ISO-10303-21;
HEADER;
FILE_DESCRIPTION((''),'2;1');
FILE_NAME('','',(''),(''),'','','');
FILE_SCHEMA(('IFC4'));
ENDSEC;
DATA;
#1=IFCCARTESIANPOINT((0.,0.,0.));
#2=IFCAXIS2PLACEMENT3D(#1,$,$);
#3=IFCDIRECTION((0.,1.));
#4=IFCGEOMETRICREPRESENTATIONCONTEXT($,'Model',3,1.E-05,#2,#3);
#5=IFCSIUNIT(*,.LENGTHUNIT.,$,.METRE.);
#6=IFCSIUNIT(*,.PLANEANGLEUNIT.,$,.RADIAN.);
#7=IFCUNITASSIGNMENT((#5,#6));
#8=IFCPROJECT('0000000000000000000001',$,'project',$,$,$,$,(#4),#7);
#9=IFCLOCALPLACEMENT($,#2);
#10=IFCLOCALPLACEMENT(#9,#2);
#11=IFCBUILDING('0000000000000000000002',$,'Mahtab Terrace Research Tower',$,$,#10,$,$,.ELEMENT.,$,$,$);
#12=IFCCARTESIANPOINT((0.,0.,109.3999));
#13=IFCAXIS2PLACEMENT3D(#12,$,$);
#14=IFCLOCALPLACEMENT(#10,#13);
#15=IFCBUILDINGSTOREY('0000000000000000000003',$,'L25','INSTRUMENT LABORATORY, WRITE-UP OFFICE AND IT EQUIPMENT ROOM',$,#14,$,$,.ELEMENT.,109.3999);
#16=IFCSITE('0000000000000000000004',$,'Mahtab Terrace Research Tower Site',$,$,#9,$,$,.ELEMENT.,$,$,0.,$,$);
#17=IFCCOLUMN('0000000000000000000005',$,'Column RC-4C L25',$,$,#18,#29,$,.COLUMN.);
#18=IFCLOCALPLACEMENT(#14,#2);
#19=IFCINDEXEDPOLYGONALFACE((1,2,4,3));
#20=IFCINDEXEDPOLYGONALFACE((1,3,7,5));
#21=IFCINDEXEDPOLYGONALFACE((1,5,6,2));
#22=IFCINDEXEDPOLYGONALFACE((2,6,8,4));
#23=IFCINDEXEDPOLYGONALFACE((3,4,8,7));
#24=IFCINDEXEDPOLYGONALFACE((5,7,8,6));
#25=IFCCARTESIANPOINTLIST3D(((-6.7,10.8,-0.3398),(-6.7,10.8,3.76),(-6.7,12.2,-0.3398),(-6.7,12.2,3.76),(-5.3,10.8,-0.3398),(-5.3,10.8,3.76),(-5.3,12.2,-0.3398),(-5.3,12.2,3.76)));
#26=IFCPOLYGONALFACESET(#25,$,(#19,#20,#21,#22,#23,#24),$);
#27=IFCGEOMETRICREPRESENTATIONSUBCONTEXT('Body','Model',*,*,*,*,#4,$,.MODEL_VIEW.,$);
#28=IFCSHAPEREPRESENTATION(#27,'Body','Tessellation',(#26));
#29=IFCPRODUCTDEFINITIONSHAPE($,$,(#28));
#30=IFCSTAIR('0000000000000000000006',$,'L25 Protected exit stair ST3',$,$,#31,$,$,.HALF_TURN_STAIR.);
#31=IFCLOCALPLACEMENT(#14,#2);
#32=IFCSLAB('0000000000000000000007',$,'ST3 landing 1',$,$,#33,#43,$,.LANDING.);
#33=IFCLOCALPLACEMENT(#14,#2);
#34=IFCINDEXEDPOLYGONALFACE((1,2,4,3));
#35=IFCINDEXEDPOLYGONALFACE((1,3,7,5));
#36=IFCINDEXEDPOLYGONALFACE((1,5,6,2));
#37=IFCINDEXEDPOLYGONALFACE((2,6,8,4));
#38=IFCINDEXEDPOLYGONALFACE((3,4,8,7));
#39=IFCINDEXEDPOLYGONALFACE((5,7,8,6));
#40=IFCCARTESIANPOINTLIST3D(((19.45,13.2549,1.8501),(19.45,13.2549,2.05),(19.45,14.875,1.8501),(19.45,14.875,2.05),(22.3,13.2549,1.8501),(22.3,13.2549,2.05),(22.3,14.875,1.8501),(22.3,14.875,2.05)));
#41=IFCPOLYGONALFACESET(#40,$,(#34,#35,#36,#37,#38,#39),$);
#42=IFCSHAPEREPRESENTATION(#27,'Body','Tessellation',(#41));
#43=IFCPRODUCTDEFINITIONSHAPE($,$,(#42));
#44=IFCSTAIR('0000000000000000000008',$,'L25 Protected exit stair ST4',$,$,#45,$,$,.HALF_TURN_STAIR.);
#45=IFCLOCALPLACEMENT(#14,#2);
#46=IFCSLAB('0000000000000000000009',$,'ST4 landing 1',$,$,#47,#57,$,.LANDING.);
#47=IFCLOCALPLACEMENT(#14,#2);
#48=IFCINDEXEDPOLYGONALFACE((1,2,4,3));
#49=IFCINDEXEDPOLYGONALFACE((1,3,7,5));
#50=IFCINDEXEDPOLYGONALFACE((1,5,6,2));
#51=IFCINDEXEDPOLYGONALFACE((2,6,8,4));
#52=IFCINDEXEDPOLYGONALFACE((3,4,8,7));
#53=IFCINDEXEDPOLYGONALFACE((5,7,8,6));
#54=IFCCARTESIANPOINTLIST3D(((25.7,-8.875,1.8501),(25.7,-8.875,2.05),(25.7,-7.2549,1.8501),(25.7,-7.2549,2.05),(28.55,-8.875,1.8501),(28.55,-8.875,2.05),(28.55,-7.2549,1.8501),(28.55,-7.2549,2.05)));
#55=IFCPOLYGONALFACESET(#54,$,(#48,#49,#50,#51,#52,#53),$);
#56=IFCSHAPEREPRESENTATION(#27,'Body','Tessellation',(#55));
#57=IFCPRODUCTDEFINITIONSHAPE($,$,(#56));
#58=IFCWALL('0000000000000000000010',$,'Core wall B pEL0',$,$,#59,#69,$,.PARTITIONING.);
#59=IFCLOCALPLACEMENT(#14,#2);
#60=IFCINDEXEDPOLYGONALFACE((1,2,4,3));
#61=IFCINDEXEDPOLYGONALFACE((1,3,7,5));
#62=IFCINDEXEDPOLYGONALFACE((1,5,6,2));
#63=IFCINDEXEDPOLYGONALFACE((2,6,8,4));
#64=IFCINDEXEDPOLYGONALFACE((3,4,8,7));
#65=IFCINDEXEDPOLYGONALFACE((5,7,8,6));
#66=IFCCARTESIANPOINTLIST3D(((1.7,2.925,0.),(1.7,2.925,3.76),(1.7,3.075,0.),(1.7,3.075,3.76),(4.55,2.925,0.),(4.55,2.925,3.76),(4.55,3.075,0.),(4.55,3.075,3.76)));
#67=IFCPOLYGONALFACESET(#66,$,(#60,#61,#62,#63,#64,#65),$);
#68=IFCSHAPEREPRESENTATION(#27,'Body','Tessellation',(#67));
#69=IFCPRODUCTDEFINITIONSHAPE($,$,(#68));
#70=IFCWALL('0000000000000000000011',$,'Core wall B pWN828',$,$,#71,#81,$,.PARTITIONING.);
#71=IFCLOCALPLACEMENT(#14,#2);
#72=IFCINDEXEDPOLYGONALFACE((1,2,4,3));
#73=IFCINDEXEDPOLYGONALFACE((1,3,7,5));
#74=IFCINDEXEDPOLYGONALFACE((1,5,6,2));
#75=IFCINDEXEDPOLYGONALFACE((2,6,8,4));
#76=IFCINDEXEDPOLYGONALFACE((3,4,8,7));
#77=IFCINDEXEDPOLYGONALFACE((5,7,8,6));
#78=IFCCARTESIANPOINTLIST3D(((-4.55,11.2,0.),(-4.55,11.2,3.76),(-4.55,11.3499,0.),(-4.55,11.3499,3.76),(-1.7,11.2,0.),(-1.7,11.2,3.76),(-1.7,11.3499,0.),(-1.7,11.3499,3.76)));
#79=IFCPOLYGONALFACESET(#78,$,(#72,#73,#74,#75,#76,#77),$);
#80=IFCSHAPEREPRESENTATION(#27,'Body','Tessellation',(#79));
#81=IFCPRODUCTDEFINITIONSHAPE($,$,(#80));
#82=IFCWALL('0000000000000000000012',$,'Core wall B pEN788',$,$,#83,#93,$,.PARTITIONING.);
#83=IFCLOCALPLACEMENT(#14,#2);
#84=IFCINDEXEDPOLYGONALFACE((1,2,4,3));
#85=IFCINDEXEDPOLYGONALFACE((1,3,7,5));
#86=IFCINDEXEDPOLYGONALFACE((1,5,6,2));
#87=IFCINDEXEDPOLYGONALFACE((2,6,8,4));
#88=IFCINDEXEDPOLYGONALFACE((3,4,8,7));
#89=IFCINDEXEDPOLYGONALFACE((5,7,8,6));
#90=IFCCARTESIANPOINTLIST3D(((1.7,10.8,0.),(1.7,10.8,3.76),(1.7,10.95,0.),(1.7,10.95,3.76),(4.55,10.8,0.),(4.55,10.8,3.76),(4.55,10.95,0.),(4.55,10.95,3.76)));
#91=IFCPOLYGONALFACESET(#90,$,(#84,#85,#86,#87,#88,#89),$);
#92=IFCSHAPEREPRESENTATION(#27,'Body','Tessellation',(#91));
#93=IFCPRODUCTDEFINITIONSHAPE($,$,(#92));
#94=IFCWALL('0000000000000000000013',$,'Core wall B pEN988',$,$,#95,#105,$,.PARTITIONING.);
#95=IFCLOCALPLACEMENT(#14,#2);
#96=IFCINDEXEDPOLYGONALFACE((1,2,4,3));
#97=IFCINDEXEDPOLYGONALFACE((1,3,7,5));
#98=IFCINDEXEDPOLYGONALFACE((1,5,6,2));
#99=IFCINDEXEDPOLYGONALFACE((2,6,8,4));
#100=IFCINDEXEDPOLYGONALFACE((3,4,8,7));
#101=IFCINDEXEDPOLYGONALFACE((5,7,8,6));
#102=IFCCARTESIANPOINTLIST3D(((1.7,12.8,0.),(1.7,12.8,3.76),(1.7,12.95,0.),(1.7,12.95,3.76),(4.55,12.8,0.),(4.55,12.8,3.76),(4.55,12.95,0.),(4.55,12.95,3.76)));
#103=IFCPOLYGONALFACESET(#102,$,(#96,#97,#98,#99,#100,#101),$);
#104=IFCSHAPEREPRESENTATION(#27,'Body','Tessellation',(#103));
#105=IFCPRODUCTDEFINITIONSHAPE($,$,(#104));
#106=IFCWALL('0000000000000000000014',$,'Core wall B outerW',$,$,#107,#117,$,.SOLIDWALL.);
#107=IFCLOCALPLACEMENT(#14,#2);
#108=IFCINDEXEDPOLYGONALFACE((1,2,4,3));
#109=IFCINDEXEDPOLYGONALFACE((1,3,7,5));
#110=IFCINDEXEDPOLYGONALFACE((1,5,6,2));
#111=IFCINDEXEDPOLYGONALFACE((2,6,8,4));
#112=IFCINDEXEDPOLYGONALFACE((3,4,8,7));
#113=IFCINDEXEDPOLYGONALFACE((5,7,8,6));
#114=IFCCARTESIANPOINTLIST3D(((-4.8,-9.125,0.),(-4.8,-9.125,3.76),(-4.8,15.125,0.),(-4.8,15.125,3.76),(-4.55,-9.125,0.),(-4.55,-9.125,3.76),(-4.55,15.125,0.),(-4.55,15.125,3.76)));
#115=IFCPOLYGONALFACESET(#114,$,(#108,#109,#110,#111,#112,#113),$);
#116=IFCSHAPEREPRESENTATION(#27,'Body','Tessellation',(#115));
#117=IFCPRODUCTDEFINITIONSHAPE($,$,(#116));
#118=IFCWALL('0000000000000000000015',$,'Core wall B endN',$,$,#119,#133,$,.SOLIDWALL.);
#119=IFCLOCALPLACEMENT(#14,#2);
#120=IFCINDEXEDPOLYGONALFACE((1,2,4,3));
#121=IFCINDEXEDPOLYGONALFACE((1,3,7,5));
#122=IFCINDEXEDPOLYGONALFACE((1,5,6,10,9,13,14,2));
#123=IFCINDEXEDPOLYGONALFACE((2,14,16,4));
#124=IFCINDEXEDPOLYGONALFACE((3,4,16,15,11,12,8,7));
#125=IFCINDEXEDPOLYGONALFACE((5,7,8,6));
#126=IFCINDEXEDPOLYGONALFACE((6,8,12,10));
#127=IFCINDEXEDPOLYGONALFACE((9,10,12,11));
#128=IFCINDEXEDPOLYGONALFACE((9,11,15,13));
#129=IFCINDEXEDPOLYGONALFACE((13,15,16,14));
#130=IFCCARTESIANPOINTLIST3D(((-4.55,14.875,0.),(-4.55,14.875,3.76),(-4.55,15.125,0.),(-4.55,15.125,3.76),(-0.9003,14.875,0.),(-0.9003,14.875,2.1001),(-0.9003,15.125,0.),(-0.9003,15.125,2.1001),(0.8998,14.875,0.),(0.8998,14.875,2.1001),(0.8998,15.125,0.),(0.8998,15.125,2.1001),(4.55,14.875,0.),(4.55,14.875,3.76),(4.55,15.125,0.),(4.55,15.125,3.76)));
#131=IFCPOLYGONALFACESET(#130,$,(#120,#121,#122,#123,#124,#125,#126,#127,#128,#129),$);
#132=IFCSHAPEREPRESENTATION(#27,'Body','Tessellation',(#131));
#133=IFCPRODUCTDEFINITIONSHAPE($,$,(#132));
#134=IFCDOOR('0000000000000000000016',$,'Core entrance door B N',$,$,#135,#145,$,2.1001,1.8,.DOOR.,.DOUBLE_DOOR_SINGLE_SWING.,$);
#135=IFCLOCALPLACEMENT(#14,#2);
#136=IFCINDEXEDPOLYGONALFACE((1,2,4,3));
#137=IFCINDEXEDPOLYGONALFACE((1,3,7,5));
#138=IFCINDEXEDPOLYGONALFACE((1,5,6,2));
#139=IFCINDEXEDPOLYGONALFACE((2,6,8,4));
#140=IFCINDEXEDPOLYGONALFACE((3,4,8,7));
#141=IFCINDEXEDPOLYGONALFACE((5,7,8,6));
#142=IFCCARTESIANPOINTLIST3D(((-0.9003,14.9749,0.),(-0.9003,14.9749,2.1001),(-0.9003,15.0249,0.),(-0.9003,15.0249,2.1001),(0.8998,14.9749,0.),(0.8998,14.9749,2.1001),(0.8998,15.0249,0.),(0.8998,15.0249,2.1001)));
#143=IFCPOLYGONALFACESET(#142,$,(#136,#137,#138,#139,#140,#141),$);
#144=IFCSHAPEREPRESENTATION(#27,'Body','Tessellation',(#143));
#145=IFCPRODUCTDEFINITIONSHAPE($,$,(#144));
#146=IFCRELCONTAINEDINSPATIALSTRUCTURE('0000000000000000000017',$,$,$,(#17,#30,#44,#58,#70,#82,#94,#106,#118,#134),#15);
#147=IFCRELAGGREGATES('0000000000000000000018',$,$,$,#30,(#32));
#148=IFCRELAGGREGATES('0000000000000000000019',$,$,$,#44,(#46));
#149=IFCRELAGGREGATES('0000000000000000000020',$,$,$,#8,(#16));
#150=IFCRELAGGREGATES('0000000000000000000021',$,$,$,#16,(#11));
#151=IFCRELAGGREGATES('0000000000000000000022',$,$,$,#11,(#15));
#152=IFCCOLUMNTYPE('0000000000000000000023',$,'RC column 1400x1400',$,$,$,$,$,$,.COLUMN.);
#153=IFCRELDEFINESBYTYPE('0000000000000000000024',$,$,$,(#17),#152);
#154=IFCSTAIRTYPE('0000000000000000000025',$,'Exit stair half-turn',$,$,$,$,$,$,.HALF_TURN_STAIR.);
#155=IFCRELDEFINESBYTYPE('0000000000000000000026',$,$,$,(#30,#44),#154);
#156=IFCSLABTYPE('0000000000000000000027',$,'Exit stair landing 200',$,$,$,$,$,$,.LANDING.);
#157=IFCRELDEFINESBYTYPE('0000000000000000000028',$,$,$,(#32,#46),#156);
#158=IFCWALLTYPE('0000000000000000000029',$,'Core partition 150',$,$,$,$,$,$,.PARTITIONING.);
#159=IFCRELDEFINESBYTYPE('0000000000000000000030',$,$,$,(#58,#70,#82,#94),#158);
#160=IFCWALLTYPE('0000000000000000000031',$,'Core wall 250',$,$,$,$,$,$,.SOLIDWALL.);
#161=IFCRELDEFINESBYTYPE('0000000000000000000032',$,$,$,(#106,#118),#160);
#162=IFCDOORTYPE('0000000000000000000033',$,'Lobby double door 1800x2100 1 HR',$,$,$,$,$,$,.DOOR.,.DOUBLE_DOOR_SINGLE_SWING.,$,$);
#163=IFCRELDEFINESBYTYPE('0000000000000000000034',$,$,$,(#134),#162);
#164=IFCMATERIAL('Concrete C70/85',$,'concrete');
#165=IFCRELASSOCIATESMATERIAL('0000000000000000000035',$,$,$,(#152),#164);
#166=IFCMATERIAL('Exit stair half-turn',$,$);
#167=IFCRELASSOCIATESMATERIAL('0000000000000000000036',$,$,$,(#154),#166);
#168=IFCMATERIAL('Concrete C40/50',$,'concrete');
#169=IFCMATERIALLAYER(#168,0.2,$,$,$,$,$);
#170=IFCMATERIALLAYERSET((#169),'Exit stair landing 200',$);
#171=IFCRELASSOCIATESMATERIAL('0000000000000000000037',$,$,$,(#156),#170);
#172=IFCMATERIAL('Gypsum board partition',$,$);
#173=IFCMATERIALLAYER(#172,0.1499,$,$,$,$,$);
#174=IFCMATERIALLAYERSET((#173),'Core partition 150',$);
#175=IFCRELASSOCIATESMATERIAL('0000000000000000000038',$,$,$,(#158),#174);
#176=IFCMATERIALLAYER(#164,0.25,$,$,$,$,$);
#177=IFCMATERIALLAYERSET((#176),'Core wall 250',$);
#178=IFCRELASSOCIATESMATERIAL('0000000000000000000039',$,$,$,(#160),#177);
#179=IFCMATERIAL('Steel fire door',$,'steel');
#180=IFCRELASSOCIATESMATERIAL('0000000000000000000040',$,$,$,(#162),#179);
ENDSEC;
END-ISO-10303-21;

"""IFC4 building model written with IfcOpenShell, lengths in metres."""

from ifc_helpers import new_model, si_unit, direction, frame, frame_2d, origin, origin_2d, place, context, subcontext, project, spatial, polyline, rectangle, outline, extrude, material, layer, layer_set, material_profile, profile_set, type_object, element, fill, aggregate, save


model = new_model("IFC4")

# Units and contexts
model_context = context("Model", 3, precision=1e-05, world=origin(), true_north=direction((0.0, 1.0)))
body_context = subcontext(model_context, "Body", "Model", "MODEL_VIEW")
ifc_project = project(units=[si_unit("LENGTHUNIT", "METRE"), si_unit("PLANEANGLEUNIT", "RADIAN")], contexts=[model_context])

# Site, building, storey
site_placement = place(None, origin())
site = spatial("IfcSite", under=ifc_project, at=site_placement, Name="Mahtab Terrace Research Tower Site", CompositionType="ELEMENT", RefElevation=0.0)
building_placement = place(site_placement, origin())
building = spatial("IfcBuilding", under=site, at=building_placement, Name="Mahtab Terrace Research Tower", CompositionType="ELEMENT")
storey_placement = place(building_placement, frame((0.0, 0.0, 109.3999)))
storey = spatial("IfcBuildingStorey", under=building, at=storey_placement, Name="L25", Description="INSTRUMENT LABORATORY, WRITE-UP OFFICE AND IT EQUIPMENT ROOM", CompositionType="ELEMENT", Elevation=109.3999)

# Column
ifc_material_1 = material(Name="Concrete C70/85", Category="concrete")
ifc_material_profile = material_profile(ifc_material_1, rectangle(XDim=1.3999, YDim=1.3999, at=origin_2d()), Name="RC column 1400x1400")
ifc_profile_set = profile_set([ifc_material_profile], Name="Concrete C70/85")
column_type = type_object("IfcColumnType", Name="RC column 1400x1400", PredefinedType="COLUMN", material=ifc_profile_set)
column_placement = place(storey_placement, frame((-6.0, 11.5, -0.3398), z_axis=(0.0, 0.0, 1.0), x_axis=(1.0, 0.0, 0.0)))
element("IfcColumn", 1, at=column_placement, inside=storey, type_object=column_type, Name="Column RC-4C L25", PredefinedType="COLUMN", context=body_context, shape_type="SweptSolid", body=[
    extrude(rectangle(XDim=1.3999, YDim=1.3999, at=origin_2d()), origin(), (0.0, 0.0, 1.0), 4.0999),
])

# Stairs, slabs
ifc_material_2 = material(Name="Exit stair half-turn")
stair_type = type_object("IfcStairType", Name="Exit stair half-turn", PredefinedType="HALF_TURN_STAIR", material=ifc_material_2)
stair_1_placement = place(storey_placement, origin())
stair_1 = element("IfcStair", 2, at=stair_1_placement, inside=storey, type_object=stair_type, Name="L25 Protected exit stair ST3", PredefinedType="HALF_TURN_STAIR")
ifc_material_3 = material(Name="Concrete C40/50", Category="concrete")
ifc_layer_1 = layer(ifc_material_3, 0.2)
ifc_layer_set_1 = layer_set([ifc_layer_1], Name="Exit stair landing 200")
slab_type = type_object("IfcSlabType", Name="Exit stair landing 200", PredefinedType="LANDING", material=ifc_layer_set_1)
slab_1_placement = place(storey_placement, frame((0.0, 0.0, 1.8501)))
slab_1 = element("IfcSlab", 3, at=slab_1_placement, type_object=slab_type, Name="ST3 landing 1", PredefinedType="LANDING", context=body_context, shape_type="SweptSolid", body=[
    extrude(outline(polyline([(22.3, 13.2549), (22.3, 14.875), (19.45, 14.875), (19.45, 13.2549), (22.3, 13.2549)])), origin(), (0.0, 0.0, 1.0), 0.2),
])
aggregate(stair_1, [slab_1])
stair_2_placement = place(storey_placement, origin())
stair_2 = element("IfcStair", 4, at=stair_2_placement, inside=storey, type_object=stair_type, Name="L25 Protected exit stair ST4", PredefinedType="HALF_TURN_STAIR")
slab_2_placement = place(storey_placement, frame((0.0, 0.0, 1.8501)))
slab_2 = element("IfcSlab", 5, at=slab_2_placement, type_object=slab_type, Name="ST4 landing 1", PredefinedType="LANDING", context=body_context, shape_type="SweptSolid", body=[
    extrude(outline(polyline([(25.7, -7.2549), (25.7, -8.875), (28.55, -8.875), (28.55, -7.2549), (25.7, -7.2549)])), origin(), (0.0, 0.0, 1.0), 0.2),
])
aggregate(stair_2, [slab_2])

# Walls
ifc_material_4 = material(Name="Gypsum board partition")
ifc_layer_2 = layer(ifc_material_4, 0.1499)
ifc_layer_set_2 = layer_set([ifc_layer_2], Name="Core partition 150")
wall_type_1 = type_object("IfcWallType", Name="Core partition 150", PredefinedType="PARTITIONING", material=ifc_layer_set_2)
for number, where, z_axis, x_axis, name in (
    (6, (1.7, 3.0, 0.0), (0.0, 0.0, 1.0), (1.0, 0.0, 0.0), "Core wall B pEL0"),
    (7, (-4.55, 11.2749, 0.0), (0.0, 0.0, 1.0), (1.0, 0.0, 0.0), "Core wall B pWN828"),
    (8, (1.7, 10.875, 0.0), (0.0, 0.0, 1.0), (1.0, 0.0, 0.0), "Core wall B pEN788"),
    (9, (1.7, 12.875, 0.0), (0.0, 0.0, 1.0), (1.0, 0.0, 0.0), "Core wall B pEN988"),
):
    element("IfcWall", number, at=place(storey_placement, frame(where, z_axis=z_axis, x_axis=x_axis)), inside=storey, type_object=wall_type_1, Name=name, PredefinedType="PARTITIONING", context=body_context, shape_type="SweptSolid", body=[
        extrude(rectangle(XDim=2.8501, YDim=0.1499, at=frame_2d((1.425, 0.0))), origin(), (0.0, 0.0, 1.0), 3.76),
    ])
ifc_layer_3 = layer(ifc_material_1, 0.25)
ifc_layer_set_3 = layer_set([ifc_layer_3], Name="Core wall 250")
wall_type_2 = type_object("IfcWallType", Name="Core wall 250", PredefinedType="SOLIDWALL", material=ifc_layer_set_3)
wall_1_placement = place(storey_placement, frame((-4.675, 15.125, 0.0), z_axis=(0.0, 0.0, 1.0), x_axis=(0.0, -1.0, 0.0)))
element("IfcWall", 10, at=wall_1_placement, inside=storey, type_object=wall_type_2, Name="Core wall B outerW", PredefinedType="SOLIDWALL", context=body_context, shape_type="SweptSolid", body=[
    extrude(rectangle(XDim=24.25, YDim=0.25, at=frame_2d((12.125, 0.0))), origin(), (0.0, 0.0, 1.0), 3.76),
])

# Wall, opening, door
wall_2_placement = place(storey_placement, frame((-4.55, 15.0, 0.0), z_axis=(0.0, 0.0, 1.0), x_axis=(1.0, 0.0, 0.0)))
wall_2 = element("IfcWall", 11, at=wall_2_placement, inside=storey, type_object=wall_type_2, Name="Core wall B endN", PredefinedType="SOLIDWALL", context=body_context, shape_type="SweptSolid", body=[
    extrude(rectangle(XDim=9.1001, YDim=0.25, at=frame_2d((4.55, 0.0))), origin(), (0.0, 0.0, 1.0), 3.76),
])
opening_1_placement = place(wall_2_placement, frame((3.6499, 0.0, 0.0)))
opening_1 = element("IfcOpeningElement", 12, at=opening_1_placement, cuts=wall_2, PredefinedType="OPENING", context=body_context, shape_type="SweptSolid", body=[
    extrude(rectangle(XDim=1.8, YDim=2.1001, at=frame_2d((0.8999, 1.05))), frame((0.0, 0.135, 0.0), z_axis=(0.0, -1.0, 0.0), x_axis=(1.0, 0.0, 0.0)), (0.0, 0.0, 1.0), 0.27),
])
ifc_material_5 = material(Name="Steel fire door", Category="steel")
door_type_1 = type_object("IfcDoorType", Name="Lobby double door 1800x2100 1 HR", OperationType="DOUBLE_DOOR_SINGLE_SWING", PredefinedType="DOOR", material=ifc_material_5)
door_1_placement = place(opening_1_placement, origin())
door_1 = element("IfcDoor", 13, at=door_1_placement, inside=storey, type_object=door_type_1, Name="Core entrance door B N", OperationType="DOUBLE_DOOR_SINGLE_SWING", OverallHeight=2.1001, OverallWidth=1.8, PredefinedType="DOOR", context=body_context, shape_type="SweptSolid", body=[
    extrude(rectangle(XDim=1.8, YDim=2.1001, at=frame_2d((0.8999, 1.05))), frame((0.0, 0.0249, 0.0), z_axis=(0.0, -1.0, 0.0), x_axis=(1.0, 0.0, 0.0)), (0.0, 0.0, 1.0), 0.05),
])
fill(opening_1, door_1)

save(model, "model.ifc")
